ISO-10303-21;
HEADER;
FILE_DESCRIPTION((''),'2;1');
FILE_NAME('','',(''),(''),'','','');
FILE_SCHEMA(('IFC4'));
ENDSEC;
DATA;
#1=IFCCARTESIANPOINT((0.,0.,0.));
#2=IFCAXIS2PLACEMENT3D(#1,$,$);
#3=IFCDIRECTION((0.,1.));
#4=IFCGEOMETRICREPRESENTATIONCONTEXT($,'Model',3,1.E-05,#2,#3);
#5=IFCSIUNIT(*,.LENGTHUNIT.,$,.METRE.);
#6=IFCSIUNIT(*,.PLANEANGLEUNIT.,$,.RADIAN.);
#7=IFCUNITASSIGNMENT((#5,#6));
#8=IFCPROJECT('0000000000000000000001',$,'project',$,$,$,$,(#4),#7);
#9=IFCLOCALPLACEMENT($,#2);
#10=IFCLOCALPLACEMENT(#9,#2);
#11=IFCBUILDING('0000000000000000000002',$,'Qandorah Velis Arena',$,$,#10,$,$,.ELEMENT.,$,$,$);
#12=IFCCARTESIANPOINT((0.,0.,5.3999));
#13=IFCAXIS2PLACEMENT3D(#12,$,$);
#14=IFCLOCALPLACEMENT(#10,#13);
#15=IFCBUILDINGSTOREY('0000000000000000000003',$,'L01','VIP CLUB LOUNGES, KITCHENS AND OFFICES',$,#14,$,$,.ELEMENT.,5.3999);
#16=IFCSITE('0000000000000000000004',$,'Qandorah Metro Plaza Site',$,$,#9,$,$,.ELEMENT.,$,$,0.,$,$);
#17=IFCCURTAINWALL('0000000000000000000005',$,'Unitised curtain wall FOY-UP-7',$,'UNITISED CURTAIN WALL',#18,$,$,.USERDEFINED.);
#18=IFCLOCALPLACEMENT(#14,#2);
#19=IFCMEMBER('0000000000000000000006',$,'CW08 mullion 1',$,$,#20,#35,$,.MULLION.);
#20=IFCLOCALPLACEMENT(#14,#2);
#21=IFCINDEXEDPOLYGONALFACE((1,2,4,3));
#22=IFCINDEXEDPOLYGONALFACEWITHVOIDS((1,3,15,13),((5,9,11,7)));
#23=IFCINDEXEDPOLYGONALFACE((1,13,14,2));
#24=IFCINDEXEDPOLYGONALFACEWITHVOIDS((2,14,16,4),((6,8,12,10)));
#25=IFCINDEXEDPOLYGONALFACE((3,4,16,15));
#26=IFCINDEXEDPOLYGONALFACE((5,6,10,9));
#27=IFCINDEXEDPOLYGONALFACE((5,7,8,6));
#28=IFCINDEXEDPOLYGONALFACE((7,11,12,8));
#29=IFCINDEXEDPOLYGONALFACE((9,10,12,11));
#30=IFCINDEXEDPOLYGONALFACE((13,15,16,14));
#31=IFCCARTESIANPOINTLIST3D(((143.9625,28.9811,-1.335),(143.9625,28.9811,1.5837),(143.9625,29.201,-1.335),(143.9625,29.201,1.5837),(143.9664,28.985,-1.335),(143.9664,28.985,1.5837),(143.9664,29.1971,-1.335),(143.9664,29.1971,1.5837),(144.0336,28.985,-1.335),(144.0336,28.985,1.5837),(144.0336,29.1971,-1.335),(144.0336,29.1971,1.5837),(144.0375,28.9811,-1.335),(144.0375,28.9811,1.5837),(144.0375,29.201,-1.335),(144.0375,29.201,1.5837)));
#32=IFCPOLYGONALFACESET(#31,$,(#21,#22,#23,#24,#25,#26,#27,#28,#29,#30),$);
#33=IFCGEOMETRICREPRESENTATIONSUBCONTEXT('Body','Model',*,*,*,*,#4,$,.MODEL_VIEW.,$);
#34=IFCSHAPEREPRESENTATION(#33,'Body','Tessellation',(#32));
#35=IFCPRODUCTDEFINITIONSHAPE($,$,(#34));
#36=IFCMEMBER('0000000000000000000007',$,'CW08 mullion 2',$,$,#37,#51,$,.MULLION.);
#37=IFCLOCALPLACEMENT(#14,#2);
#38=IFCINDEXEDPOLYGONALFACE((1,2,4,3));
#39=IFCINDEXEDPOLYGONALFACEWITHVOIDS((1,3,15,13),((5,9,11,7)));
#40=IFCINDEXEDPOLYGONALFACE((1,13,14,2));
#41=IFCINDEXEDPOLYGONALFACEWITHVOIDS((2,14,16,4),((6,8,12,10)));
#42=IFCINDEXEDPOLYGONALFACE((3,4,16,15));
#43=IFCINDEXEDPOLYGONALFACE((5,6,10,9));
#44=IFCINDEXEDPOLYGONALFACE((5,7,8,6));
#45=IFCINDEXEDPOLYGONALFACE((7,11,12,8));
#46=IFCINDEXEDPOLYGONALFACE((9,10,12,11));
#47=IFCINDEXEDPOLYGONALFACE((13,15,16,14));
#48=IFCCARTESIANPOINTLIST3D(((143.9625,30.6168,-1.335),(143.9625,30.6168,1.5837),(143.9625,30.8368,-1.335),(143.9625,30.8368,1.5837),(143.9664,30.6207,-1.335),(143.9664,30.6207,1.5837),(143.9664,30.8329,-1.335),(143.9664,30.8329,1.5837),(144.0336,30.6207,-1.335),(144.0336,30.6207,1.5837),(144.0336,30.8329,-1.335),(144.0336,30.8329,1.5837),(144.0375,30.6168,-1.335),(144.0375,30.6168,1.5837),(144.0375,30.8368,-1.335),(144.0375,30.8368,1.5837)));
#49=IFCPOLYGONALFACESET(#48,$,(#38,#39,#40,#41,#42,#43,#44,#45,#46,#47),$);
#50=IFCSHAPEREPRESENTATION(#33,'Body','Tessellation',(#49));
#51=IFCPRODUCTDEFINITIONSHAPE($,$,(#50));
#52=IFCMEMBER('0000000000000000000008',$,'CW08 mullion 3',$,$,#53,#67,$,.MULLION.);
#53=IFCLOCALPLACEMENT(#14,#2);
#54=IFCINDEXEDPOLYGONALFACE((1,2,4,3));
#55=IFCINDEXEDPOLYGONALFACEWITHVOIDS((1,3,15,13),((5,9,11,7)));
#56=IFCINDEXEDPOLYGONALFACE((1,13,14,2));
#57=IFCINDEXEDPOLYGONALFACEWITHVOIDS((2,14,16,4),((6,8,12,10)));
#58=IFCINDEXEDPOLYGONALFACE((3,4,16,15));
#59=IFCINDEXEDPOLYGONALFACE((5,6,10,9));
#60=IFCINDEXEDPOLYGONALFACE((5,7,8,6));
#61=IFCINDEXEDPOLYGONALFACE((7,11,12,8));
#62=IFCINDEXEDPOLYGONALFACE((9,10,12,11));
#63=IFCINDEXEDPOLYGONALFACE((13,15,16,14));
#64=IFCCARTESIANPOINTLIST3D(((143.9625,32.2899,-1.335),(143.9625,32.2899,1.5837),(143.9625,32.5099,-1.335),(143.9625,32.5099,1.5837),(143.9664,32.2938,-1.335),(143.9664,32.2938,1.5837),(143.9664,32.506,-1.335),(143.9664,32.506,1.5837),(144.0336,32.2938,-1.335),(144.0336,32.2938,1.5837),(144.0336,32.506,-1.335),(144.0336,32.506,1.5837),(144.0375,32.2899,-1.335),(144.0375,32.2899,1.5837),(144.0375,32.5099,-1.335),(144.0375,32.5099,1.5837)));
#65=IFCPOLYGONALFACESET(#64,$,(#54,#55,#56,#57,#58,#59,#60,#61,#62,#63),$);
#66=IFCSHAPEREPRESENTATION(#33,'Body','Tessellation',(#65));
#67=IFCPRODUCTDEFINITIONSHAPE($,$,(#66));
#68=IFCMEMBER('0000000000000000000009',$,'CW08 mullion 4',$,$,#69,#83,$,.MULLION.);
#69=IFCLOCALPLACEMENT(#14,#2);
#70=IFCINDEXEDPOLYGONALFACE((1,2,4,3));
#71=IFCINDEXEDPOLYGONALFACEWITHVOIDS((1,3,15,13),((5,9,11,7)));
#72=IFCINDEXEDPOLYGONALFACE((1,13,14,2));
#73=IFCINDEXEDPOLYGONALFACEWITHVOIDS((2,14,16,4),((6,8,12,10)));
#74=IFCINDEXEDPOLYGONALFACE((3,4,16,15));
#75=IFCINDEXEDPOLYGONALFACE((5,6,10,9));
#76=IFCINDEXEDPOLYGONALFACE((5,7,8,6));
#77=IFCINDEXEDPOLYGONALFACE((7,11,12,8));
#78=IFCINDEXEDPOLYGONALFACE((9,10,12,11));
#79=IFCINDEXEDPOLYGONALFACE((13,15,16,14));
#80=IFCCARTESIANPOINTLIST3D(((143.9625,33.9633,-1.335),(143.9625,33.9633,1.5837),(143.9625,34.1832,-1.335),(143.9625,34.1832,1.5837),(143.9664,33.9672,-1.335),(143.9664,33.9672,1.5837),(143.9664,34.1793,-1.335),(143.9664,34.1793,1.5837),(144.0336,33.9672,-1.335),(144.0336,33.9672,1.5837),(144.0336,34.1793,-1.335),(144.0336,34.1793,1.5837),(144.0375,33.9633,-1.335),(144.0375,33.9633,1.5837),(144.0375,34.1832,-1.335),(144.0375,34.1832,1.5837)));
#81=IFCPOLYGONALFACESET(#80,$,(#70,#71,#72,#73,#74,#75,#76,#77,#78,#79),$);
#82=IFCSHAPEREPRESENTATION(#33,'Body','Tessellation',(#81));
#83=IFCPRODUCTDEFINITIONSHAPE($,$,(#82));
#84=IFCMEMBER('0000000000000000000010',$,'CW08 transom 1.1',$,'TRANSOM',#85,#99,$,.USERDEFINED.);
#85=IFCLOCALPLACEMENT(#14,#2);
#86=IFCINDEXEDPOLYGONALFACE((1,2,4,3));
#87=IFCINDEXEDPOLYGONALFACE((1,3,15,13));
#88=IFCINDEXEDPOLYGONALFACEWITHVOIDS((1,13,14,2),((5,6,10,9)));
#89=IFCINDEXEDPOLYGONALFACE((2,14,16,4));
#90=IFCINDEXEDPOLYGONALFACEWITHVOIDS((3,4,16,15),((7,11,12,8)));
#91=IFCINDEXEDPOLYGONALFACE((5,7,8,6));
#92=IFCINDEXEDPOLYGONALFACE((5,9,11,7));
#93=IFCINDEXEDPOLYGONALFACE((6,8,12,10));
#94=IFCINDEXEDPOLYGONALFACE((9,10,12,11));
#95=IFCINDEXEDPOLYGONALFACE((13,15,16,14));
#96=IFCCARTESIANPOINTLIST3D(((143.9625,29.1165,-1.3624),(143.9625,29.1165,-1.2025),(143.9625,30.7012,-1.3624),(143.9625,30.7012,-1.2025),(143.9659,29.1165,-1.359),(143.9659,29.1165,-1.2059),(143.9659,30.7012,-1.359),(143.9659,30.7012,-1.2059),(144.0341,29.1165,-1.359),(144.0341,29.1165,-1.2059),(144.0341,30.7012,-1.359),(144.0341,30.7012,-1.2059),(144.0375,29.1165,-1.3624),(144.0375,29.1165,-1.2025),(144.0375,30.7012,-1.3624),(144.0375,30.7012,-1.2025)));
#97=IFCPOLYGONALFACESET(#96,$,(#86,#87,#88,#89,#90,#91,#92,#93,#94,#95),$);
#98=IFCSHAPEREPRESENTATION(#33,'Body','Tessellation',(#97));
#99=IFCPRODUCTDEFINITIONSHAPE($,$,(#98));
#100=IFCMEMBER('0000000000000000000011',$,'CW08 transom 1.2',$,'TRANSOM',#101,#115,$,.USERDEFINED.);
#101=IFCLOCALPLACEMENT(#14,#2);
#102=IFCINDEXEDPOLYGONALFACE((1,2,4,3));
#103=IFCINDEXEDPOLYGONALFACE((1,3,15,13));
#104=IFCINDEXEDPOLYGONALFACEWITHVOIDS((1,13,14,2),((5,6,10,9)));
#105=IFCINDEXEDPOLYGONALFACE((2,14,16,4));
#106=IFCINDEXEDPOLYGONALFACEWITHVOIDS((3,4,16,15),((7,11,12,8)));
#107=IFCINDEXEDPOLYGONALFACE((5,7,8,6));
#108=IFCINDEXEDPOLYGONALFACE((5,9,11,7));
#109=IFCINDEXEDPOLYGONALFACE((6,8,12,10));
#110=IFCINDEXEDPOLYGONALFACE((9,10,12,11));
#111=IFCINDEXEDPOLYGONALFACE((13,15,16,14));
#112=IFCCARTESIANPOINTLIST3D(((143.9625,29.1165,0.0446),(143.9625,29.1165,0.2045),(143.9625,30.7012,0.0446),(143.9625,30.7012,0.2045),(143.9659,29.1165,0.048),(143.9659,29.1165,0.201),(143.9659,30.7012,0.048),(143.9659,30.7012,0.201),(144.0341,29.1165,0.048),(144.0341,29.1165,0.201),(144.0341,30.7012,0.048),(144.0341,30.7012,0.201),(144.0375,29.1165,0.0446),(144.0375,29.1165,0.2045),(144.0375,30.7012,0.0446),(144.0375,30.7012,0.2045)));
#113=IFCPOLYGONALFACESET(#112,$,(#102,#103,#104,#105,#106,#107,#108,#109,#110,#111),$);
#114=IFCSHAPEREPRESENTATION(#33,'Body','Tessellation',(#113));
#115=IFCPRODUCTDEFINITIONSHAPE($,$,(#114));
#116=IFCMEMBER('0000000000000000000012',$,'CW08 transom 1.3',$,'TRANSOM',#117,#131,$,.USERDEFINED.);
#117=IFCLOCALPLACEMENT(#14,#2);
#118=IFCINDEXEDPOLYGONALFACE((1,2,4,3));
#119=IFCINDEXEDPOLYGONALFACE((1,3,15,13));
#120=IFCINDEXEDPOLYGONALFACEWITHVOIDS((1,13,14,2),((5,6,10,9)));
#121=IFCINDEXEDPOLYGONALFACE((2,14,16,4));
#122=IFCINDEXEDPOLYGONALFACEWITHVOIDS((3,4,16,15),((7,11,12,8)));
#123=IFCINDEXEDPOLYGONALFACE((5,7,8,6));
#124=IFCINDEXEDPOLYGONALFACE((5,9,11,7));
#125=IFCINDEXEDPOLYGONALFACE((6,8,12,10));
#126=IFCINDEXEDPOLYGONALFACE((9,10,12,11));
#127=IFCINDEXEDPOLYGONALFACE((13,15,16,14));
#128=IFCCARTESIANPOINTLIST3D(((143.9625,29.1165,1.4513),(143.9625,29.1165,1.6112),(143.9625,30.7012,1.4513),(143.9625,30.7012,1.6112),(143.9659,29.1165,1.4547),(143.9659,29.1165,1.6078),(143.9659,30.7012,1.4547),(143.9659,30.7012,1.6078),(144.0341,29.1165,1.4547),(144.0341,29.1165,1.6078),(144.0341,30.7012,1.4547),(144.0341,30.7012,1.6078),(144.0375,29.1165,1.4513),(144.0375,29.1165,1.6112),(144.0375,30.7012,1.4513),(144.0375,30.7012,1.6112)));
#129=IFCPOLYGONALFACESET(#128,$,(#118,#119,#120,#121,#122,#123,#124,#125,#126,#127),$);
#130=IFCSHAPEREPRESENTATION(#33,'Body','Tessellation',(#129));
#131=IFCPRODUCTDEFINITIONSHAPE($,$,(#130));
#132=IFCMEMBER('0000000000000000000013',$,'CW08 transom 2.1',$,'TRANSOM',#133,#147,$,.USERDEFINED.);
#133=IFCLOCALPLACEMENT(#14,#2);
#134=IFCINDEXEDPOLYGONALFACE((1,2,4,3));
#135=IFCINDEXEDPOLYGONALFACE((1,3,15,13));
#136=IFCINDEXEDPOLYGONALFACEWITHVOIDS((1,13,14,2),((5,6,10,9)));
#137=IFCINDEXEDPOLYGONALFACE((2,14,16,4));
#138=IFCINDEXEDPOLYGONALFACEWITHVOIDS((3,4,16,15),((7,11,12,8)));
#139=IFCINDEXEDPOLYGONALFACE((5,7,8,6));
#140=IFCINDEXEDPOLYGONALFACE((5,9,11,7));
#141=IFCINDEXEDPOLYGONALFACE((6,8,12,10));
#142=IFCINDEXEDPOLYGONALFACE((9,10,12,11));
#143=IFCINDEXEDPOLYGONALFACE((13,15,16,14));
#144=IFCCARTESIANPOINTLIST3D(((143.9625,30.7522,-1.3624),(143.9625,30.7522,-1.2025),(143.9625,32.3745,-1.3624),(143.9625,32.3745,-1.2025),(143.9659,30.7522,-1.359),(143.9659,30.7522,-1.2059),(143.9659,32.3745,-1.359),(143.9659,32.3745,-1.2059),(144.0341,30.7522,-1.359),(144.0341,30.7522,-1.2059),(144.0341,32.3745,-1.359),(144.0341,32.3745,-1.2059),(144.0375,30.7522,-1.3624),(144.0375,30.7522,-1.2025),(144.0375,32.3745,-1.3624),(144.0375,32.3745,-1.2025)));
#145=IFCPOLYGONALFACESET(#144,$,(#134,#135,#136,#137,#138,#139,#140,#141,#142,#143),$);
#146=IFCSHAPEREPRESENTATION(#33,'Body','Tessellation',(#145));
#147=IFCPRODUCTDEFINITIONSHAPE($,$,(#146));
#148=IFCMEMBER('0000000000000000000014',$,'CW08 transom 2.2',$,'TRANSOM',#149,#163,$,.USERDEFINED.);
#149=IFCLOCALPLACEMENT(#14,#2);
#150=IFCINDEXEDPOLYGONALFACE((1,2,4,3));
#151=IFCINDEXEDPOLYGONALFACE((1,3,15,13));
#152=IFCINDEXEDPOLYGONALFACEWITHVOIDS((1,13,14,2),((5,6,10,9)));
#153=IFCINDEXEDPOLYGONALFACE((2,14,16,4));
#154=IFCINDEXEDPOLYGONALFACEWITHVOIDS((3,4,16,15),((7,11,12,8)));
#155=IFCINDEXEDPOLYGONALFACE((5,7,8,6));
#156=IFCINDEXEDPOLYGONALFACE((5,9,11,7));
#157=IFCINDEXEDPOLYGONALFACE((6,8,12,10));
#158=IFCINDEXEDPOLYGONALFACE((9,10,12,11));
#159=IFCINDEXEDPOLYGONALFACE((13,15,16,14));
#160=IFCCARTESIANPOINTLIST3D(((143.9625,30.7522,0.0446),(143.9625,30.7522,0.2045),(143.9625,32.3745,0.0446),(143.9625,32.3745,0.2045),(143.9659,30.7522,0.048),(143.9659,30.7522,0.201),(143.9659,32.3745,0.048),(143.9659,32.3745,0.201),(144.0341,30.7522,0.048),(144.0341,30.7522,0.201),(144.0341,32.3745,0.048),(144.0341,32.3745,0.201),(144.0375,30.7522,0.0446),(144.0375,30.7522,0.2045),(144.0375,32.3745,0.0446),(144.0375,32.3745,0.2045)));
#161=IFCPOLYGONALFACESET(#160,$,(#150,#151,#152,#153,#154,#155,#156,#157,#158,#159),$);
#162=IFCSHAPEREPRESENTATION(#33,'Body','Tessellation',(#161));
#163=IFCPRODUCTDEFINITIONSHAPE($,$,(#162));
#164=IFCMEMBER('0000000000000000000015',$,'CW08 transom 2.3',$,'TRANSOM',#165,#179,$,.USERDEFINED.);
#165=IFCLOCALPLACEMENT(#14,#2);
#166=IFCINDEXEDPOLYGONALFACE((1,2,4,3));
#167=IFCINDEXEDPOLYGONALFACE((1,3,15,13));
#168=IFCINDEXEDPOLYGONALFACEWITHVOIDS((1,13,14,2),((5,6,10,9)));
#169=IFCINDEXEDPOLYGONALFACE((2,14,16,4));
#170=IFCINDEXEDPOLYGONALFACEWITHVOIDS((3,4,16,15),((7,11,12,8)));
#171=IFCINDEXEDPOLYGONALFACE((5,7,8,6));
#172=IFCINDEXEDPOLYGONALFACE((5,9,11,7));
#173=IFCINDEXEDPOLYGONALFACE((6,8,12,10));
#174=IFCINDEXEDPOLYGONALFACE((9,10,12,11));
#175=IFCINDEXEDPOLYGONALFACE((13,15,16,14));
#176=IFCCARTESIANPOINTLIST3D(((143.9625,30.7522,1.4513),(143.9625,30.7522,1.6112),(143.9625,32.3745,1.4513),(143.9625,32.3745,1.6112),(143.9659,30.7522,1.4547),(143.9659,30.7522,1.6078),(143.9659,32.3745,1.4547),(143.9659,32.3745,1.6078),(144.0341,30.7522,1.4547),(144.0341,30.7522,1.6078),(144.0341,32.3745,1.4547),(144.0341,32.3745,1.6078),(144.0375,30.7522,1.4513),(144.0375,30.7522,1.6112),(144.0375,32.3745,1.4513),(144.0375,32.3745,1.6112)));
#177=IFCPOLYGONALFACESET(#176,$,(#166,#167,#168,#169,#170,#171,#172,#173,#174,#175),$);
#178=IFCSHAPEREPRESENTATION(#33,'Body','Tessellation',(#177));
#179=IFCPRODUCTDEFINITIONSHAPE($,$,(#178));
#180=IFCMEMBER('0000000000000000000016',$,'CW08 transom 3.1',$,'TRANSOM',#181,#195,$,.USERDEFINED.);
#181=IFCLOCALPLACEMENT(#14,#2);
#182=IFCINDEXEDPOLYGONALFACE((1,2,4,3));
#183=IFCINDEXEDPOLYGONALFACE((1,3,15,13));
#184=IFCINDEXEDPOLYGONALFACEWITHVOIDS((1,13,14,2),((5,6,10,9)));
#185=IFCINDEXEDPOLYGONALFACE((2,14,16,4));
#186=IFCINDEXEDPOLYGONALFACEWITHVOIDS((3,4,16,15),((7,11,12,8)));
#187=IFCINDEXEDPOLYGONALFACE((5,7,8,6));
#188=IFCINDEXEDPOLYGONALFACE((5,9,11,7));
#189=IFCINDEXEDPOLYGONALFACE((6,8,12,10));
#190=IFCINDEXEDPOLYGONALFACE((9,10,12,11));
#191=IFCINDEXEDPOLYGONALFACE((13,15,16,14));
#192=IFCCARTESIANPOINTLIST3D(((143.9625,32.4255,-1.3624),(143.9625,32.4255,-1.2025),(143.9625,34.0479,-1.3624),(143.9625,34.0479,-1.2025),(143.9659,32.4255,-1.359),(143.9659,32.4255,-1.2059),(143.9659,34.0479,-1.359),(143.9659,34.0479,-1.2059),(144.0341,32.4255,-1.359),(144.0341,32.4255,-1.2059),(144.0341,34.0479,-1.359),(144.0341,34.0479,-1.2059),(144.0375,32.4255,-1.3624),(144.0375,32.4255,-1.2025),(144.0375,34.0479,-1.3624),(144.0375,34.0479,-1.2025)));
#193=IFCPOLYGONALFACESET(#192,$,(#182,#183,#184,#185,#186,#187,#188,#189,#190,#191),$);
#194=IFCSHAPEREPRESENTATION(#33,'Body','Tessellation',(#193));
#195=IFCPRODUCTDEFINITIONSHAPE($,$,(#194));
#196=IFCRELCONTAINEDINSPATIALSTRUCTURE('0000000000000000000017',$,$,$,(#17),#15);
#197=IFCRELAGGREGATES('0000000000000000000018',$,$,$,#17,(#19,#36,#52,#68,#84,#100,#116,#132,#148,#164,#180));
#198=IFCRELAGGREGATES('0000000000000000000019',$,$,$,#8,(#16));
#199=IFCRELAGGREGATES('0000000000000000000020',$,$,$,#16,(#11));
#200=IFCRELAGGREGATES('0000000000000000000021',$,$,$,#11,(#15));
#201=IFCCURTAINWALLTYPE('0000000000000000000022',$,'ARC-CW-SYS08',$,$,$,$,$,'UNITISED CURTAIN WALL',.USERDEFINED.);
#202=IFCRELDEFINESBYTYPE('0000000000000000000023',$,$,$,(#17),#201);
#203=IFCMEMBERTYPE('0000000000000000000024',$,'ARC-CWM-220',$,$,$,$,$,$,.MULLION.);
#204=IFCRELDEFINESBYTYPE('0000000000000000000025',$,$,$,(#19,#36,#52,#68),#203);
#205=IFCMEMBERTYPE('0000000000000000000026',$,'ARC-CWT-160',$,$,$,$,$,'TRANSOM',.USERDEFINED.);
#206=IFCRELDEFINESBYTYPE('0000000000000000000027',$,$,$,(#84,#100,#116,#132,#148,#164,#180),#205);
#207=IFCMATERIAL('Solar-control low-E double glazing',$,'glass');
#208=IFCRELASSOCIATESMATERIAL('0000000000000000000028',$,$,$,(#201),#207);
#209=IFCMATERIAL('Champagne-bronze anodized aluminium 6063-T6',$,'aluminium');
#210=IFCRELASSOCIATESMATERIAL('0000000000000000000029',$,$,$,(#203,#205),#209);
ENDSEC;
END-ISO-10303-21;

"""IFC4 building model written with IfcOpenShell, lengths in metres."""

from ifc_helpers import new_model, si_unit, direction, frame, origin, origin_2d, place, context, subcontext, project, spatial, hollow_rectangle, extrude, material, material_profile, profile_set, type_object, element, aggregate, save


model = new_model("IFC4")

# Units and contexts
model_context = context("Model", 3, precision=1e-05, world=origin(), true_north=direction((0.0, 1.0)))
body_context = subcontext(model_context, "Body", "Model", "MODEL_VIEW")
ifc_project = project(units=[si_unit("LENGTHUNIT", "METRE"), si_unit("PLANEANGLEUNIT", "RADIAN")], contexts=[model_context])

# Site, building, storey
site_placement = place(None, origin())
site = spatial("IfcSite", under=ifc_project, at=site_placement, Name="Qandorah Metro Plaza Site", CompositionType="ELEMENT", RefElevation=0.0)
building_placement = place(site_placement, origin())
building = spatial("IfcBuilding", under=site, at=building_placement, Name="Qandorah Velis Arena", CompositionType="ELEMENT")
storey_placement = place(building_placement, frame((0.0, 0.0, 5.3999)))
storey = spatial("IfcBuildingStorey", under=building, at=storey_placement, Name="L01", Description="VIP CLUB LOUNGES, KITCHENS AND OFFICES", CompositionType="ELEMENT", Elevation=5.3999)

# Curtain wall, members
ifc_material_1 = material(Name="Solar-control low-E double glazing", Category="glass")
curtain_wall_type = type_object("IfcCurtainWallType", Name="ARC-CW-SYS08", ElementType="UNITISED CURTAIN WALL", PredefinedType="USERDEFINED", material=ifc_material_1)
curtain_wall_placement = place(storey_placement, origin())
curtain_wall = element("IfcCurtainWall", 1, at=curtain_wall_placement, inside=storey, type_object=curtain_wall_type, Name="Unitised curtain wall FOY-UP-7", ObjectType="UNITISED CURTAIN WALL", PredefinedType="USERDEFINED")
ifc_material_2 = material(Name="Champagne-bronze anodized aluminium 6063-T6", Category="aluminium")
ifc_material_profile_1 = material_profile(ifc_material_2, hollow_rectangle(XDim=0.075, YDim=0.22, WallThickness=0.0039, at=origin_2d()), Name="ALU MULLION 75x220")
ifc_profile_set_1 = profile_set([ifc_material_profile_1], Name="Champagne-bronze anodized aluminium 6063-T6")
member_type_1 = type_object("IfcMemberType", Name="ARC-CWM-220", PredefinedType="MULLION", material=ifc_profile_set_1)
member_1_placement = place(storey_placement, frame((144.0, 29.0911, -1.335), z_axis=(0.0, 0.0, 1.0), x_axis=(-1.0, 0.0, 0.0)))
member_1 = element("IfcMember", 2, at=member_1_placement, type_object=member_type_1, Name="CW08 mullion 1", PredefinedType="MULLION", context=body_context, shape_type="SweptSolid", body=[
    extrude(hollow_rectangle(XDim=0.075, YDim=0.22, WallThickness=0.0039, at=origin_2d()), origin(), (0.0, 0.0, 1.0), 2.9187),
])
member_2_placement = place(storey_placement, frame((144.0, 30.7268, -1.335), z_axis=(0.0, 0.0, 1.0), x_axis=(-1.0, 0.0, 0.0)))
member_2 = element("IfcMember", 3, at=member_2_placement, type_object=member_type_1, Name="CW08 mullion 2", PredefinedType="MULLION", context=body_context, shape_type="SweptSolid", body=[
    extrude(hollow_rectangle(XDim=0.075, YDim=0.22, WallThickness=0.0039, at=origin_2d()), origin(), (0.0, 0.0, 1.0), 2.9187),
])
member_3_placement = place(storey_placement, frame((144.0, 32.3999, -1.335), z_axis=(0.0, 0.0, 1.0), x_axis=(-1.0, 0.0, 0.0)))
member_3 = element("IfcMember", 4, at=member_3_placement, type_object=member_type_1, Name="CW08 mullion 3", PredefinedType="MULLION", context=body_context, shape_type="SweptSolid", body=[
    extrude(hollow_rectangle(XDim=0.075, YDim=0.22, WallThickness=0.0039, at=origin_2d()), origin(), (0.0, 0.0, 1.0), 2.9187),
])
member_4_placement = place(storey_placement, frame((144.0, 34.0732, -1.335), z_axis=(0.0, 0.0, 1.0), x_axis=(-1.0, 0.0, 0.0)))
member_4 = element("IfcMember", 5, at=member_4_placement, type_object=member_type_1, Name="CW08 mullion 4", PredefinedType="MULLION", context=body_context, shape_type="SweptSolid", body=[
    extrude(hollow_rectangle(XDim=0.075, YDim=0.22, WallThickness=0.0039, at=origin_2d()), origin(), (0.0, 0.0, 1.0), 2.9187),
])
ifc_material_profile_2 = material_profile(ifc_material_2, hollow_rectangle(XDim=0.075, YDim=0.1599, WallThickness=0.0034, at=origin_2d()), Name="ALU TRANSOM 75x160")
ifc_profile_set_2 = profile_set([ifc_material_profile_2], Name="Champagne-bronze anodized aluminium 6063-T6")
member_type_2 = type_object("IfcMemberType", Name="ARC-CWT-160", ElementType="TRANSOM", PredefinedType="USERDEFINED", material=ifc_profile_set_2)
member_5_placement = place(storey_placement, frame((144.0, 29.1165, -1.2825), z_axis=(0.0, 1.0, 0.0), x_axis=(-1.0, 0.0, 0.0)))
member_5 = element("IfcMember", 6, at=member_5_placement, type_object=member_type_2, Name="CW08 transom 1.1", ObjectType="TRANSOM", PredefinedType="USERDEFINED", context=body_context, shape_type="SweptSolid", body=[
    extrude(hollow_rectangle(XDim=0.075, YDim=0.1599, WallThickness=0.0034, at=origin_2d()), origin(), (0.0, 0.0, 1.0), 1.5847),
])
member_6_placement = place(storey_placement, frame((144.0, 29.1165, 0.1245), z_axis=(0.0, 1.0, 0.0), x_axis=(-1.0, 0.0, 0.0)))
member_6 = element("IfcMember", 7, at=member_6_placement, type_object=member_type_2, Name="CW08 transom 1.2", ObjectType="TRANSOM", PredefinedType="USERDEFINED", context=body_context, shape_type="SweptSolid", body=[
    extrude(hollow_rectangle(XDim=0.075, YDim=0.1599, WallThickness=0.0034, at=origin_2d()), origin(), (0.0, 0.0, 1.0), 1.5847),
])
member_7_placement = place(storey_placement, frame((144.0, 29.1165, 1.5312), z_axis=(0.0, 1.0, 0.0), x_axis=(-1.0, 0.0, 0.0)))
member_7 = element("IfcMember", 8, at=member_7_placement, type_object=member_type_2, Name="CW08 transom 1.3", ObjectType="TRANSOM", PredefinedType="USERDEFINED", context=body_context, shape_type="SweptSolid", body=[
    extrude(hollow_rectangle(XDim=0.075, YDim=0.1599, WallThickness=0.0034, at=origin_2d()), origin(), (0.0, 0.0, 1.0), 1.5847),
])
member_8_placement = place(storey_placement, frame((144.0, 30.7522, -1.2825), z_axis=(0.0, 1.0, 0.0), x_axis=(-1.0, 0.0, 0.0)))
member_8 = element("IfcMember", 9, at=member_8_placement, type_object=member_type_2, Name="CW08 transom 2.1", ObjectType="TRANSOM", PredefinedType="USERDEFINED", context=body_context, shape_type="SweptSolid", body=[
    extrude(hollow_rectangle(XDim=0.075, YDim=0.1599, WallThickness=0.0034, at=origin_2d()), origin(), (0.0, 0.0, 1.0), 1.6223),
])
member_9_placement = place(storey_placement, frame((144.0, 30.7522, 0.1245), z_axis=(0.0, 1.0, 0.0), x_axis=(-1.0, 0.0, 0.0)))
member_9 = element("IfcMember", 10, at=member_9_placement, type_object=member_type_2, Name="CW08 transom 2.2", ObjectType="TRANSOM", PredefinedType="USERDEFINED", context=body_context, shape_type="SweptSolid", body=[
    extrude(hollow_rectangle(XDim=0.075, YDim=0.1599, WallThickness=0.0034, at=origin_2d()), origin(), (0.0, 0.0, 1.0), 1.6223),
])
member_10_placement = place(storey_placement, frame((144.0, 30.7522, 1.5312), z_axis=(0.0, 1.0, 0.0), x_axis=(-1.0, 0.0, 0.0)))
member_10 = element("IfcMember", 11, at=member_10_placement, type_object=member_type_2, Name="CW08 transom 2.3", ObjectType="TRANSOM", PredefinedType="USERDEFINED", context=body_context, shape_type="SweptSolid", body=[
    extrude(hollow_rectangle(XDim=0.075, YDim=0.1599, WallThickness=0.0034, at=origin_2d()), origin(), (0.0, 0.0, 1.0), 1.6223),
])
member_11_placement = place(storey_placement, frame((144.0, 32.4255, -1.2825), z_axis=(0.0, 1.0, 0.0), x_axis=(-1.0, 0.0, 0.0)))
member_11 = element("IfcMember", 12, at=member_11_placement, type_object=member_type_2, Name="CW08 transom 3.1", ObjectType="TRANSOM", PredefinedType="USERDEFINED", context=body_context, shape_type="SweptSolid", body=[
    extrude(hollow_rectangle(XDim=0.075, YDim=0.1599, WallThickness=0.0034, at=origin_2d()), origin(), (0.0, 0.0, 1.0), 1.6223),
])
aggregate(curtain_wall, [member_1, member_2, member_3, member_4, member_5, member_6, member_7, member_8, member_9, member_10, member_11])

save(model, "model.ifc")
